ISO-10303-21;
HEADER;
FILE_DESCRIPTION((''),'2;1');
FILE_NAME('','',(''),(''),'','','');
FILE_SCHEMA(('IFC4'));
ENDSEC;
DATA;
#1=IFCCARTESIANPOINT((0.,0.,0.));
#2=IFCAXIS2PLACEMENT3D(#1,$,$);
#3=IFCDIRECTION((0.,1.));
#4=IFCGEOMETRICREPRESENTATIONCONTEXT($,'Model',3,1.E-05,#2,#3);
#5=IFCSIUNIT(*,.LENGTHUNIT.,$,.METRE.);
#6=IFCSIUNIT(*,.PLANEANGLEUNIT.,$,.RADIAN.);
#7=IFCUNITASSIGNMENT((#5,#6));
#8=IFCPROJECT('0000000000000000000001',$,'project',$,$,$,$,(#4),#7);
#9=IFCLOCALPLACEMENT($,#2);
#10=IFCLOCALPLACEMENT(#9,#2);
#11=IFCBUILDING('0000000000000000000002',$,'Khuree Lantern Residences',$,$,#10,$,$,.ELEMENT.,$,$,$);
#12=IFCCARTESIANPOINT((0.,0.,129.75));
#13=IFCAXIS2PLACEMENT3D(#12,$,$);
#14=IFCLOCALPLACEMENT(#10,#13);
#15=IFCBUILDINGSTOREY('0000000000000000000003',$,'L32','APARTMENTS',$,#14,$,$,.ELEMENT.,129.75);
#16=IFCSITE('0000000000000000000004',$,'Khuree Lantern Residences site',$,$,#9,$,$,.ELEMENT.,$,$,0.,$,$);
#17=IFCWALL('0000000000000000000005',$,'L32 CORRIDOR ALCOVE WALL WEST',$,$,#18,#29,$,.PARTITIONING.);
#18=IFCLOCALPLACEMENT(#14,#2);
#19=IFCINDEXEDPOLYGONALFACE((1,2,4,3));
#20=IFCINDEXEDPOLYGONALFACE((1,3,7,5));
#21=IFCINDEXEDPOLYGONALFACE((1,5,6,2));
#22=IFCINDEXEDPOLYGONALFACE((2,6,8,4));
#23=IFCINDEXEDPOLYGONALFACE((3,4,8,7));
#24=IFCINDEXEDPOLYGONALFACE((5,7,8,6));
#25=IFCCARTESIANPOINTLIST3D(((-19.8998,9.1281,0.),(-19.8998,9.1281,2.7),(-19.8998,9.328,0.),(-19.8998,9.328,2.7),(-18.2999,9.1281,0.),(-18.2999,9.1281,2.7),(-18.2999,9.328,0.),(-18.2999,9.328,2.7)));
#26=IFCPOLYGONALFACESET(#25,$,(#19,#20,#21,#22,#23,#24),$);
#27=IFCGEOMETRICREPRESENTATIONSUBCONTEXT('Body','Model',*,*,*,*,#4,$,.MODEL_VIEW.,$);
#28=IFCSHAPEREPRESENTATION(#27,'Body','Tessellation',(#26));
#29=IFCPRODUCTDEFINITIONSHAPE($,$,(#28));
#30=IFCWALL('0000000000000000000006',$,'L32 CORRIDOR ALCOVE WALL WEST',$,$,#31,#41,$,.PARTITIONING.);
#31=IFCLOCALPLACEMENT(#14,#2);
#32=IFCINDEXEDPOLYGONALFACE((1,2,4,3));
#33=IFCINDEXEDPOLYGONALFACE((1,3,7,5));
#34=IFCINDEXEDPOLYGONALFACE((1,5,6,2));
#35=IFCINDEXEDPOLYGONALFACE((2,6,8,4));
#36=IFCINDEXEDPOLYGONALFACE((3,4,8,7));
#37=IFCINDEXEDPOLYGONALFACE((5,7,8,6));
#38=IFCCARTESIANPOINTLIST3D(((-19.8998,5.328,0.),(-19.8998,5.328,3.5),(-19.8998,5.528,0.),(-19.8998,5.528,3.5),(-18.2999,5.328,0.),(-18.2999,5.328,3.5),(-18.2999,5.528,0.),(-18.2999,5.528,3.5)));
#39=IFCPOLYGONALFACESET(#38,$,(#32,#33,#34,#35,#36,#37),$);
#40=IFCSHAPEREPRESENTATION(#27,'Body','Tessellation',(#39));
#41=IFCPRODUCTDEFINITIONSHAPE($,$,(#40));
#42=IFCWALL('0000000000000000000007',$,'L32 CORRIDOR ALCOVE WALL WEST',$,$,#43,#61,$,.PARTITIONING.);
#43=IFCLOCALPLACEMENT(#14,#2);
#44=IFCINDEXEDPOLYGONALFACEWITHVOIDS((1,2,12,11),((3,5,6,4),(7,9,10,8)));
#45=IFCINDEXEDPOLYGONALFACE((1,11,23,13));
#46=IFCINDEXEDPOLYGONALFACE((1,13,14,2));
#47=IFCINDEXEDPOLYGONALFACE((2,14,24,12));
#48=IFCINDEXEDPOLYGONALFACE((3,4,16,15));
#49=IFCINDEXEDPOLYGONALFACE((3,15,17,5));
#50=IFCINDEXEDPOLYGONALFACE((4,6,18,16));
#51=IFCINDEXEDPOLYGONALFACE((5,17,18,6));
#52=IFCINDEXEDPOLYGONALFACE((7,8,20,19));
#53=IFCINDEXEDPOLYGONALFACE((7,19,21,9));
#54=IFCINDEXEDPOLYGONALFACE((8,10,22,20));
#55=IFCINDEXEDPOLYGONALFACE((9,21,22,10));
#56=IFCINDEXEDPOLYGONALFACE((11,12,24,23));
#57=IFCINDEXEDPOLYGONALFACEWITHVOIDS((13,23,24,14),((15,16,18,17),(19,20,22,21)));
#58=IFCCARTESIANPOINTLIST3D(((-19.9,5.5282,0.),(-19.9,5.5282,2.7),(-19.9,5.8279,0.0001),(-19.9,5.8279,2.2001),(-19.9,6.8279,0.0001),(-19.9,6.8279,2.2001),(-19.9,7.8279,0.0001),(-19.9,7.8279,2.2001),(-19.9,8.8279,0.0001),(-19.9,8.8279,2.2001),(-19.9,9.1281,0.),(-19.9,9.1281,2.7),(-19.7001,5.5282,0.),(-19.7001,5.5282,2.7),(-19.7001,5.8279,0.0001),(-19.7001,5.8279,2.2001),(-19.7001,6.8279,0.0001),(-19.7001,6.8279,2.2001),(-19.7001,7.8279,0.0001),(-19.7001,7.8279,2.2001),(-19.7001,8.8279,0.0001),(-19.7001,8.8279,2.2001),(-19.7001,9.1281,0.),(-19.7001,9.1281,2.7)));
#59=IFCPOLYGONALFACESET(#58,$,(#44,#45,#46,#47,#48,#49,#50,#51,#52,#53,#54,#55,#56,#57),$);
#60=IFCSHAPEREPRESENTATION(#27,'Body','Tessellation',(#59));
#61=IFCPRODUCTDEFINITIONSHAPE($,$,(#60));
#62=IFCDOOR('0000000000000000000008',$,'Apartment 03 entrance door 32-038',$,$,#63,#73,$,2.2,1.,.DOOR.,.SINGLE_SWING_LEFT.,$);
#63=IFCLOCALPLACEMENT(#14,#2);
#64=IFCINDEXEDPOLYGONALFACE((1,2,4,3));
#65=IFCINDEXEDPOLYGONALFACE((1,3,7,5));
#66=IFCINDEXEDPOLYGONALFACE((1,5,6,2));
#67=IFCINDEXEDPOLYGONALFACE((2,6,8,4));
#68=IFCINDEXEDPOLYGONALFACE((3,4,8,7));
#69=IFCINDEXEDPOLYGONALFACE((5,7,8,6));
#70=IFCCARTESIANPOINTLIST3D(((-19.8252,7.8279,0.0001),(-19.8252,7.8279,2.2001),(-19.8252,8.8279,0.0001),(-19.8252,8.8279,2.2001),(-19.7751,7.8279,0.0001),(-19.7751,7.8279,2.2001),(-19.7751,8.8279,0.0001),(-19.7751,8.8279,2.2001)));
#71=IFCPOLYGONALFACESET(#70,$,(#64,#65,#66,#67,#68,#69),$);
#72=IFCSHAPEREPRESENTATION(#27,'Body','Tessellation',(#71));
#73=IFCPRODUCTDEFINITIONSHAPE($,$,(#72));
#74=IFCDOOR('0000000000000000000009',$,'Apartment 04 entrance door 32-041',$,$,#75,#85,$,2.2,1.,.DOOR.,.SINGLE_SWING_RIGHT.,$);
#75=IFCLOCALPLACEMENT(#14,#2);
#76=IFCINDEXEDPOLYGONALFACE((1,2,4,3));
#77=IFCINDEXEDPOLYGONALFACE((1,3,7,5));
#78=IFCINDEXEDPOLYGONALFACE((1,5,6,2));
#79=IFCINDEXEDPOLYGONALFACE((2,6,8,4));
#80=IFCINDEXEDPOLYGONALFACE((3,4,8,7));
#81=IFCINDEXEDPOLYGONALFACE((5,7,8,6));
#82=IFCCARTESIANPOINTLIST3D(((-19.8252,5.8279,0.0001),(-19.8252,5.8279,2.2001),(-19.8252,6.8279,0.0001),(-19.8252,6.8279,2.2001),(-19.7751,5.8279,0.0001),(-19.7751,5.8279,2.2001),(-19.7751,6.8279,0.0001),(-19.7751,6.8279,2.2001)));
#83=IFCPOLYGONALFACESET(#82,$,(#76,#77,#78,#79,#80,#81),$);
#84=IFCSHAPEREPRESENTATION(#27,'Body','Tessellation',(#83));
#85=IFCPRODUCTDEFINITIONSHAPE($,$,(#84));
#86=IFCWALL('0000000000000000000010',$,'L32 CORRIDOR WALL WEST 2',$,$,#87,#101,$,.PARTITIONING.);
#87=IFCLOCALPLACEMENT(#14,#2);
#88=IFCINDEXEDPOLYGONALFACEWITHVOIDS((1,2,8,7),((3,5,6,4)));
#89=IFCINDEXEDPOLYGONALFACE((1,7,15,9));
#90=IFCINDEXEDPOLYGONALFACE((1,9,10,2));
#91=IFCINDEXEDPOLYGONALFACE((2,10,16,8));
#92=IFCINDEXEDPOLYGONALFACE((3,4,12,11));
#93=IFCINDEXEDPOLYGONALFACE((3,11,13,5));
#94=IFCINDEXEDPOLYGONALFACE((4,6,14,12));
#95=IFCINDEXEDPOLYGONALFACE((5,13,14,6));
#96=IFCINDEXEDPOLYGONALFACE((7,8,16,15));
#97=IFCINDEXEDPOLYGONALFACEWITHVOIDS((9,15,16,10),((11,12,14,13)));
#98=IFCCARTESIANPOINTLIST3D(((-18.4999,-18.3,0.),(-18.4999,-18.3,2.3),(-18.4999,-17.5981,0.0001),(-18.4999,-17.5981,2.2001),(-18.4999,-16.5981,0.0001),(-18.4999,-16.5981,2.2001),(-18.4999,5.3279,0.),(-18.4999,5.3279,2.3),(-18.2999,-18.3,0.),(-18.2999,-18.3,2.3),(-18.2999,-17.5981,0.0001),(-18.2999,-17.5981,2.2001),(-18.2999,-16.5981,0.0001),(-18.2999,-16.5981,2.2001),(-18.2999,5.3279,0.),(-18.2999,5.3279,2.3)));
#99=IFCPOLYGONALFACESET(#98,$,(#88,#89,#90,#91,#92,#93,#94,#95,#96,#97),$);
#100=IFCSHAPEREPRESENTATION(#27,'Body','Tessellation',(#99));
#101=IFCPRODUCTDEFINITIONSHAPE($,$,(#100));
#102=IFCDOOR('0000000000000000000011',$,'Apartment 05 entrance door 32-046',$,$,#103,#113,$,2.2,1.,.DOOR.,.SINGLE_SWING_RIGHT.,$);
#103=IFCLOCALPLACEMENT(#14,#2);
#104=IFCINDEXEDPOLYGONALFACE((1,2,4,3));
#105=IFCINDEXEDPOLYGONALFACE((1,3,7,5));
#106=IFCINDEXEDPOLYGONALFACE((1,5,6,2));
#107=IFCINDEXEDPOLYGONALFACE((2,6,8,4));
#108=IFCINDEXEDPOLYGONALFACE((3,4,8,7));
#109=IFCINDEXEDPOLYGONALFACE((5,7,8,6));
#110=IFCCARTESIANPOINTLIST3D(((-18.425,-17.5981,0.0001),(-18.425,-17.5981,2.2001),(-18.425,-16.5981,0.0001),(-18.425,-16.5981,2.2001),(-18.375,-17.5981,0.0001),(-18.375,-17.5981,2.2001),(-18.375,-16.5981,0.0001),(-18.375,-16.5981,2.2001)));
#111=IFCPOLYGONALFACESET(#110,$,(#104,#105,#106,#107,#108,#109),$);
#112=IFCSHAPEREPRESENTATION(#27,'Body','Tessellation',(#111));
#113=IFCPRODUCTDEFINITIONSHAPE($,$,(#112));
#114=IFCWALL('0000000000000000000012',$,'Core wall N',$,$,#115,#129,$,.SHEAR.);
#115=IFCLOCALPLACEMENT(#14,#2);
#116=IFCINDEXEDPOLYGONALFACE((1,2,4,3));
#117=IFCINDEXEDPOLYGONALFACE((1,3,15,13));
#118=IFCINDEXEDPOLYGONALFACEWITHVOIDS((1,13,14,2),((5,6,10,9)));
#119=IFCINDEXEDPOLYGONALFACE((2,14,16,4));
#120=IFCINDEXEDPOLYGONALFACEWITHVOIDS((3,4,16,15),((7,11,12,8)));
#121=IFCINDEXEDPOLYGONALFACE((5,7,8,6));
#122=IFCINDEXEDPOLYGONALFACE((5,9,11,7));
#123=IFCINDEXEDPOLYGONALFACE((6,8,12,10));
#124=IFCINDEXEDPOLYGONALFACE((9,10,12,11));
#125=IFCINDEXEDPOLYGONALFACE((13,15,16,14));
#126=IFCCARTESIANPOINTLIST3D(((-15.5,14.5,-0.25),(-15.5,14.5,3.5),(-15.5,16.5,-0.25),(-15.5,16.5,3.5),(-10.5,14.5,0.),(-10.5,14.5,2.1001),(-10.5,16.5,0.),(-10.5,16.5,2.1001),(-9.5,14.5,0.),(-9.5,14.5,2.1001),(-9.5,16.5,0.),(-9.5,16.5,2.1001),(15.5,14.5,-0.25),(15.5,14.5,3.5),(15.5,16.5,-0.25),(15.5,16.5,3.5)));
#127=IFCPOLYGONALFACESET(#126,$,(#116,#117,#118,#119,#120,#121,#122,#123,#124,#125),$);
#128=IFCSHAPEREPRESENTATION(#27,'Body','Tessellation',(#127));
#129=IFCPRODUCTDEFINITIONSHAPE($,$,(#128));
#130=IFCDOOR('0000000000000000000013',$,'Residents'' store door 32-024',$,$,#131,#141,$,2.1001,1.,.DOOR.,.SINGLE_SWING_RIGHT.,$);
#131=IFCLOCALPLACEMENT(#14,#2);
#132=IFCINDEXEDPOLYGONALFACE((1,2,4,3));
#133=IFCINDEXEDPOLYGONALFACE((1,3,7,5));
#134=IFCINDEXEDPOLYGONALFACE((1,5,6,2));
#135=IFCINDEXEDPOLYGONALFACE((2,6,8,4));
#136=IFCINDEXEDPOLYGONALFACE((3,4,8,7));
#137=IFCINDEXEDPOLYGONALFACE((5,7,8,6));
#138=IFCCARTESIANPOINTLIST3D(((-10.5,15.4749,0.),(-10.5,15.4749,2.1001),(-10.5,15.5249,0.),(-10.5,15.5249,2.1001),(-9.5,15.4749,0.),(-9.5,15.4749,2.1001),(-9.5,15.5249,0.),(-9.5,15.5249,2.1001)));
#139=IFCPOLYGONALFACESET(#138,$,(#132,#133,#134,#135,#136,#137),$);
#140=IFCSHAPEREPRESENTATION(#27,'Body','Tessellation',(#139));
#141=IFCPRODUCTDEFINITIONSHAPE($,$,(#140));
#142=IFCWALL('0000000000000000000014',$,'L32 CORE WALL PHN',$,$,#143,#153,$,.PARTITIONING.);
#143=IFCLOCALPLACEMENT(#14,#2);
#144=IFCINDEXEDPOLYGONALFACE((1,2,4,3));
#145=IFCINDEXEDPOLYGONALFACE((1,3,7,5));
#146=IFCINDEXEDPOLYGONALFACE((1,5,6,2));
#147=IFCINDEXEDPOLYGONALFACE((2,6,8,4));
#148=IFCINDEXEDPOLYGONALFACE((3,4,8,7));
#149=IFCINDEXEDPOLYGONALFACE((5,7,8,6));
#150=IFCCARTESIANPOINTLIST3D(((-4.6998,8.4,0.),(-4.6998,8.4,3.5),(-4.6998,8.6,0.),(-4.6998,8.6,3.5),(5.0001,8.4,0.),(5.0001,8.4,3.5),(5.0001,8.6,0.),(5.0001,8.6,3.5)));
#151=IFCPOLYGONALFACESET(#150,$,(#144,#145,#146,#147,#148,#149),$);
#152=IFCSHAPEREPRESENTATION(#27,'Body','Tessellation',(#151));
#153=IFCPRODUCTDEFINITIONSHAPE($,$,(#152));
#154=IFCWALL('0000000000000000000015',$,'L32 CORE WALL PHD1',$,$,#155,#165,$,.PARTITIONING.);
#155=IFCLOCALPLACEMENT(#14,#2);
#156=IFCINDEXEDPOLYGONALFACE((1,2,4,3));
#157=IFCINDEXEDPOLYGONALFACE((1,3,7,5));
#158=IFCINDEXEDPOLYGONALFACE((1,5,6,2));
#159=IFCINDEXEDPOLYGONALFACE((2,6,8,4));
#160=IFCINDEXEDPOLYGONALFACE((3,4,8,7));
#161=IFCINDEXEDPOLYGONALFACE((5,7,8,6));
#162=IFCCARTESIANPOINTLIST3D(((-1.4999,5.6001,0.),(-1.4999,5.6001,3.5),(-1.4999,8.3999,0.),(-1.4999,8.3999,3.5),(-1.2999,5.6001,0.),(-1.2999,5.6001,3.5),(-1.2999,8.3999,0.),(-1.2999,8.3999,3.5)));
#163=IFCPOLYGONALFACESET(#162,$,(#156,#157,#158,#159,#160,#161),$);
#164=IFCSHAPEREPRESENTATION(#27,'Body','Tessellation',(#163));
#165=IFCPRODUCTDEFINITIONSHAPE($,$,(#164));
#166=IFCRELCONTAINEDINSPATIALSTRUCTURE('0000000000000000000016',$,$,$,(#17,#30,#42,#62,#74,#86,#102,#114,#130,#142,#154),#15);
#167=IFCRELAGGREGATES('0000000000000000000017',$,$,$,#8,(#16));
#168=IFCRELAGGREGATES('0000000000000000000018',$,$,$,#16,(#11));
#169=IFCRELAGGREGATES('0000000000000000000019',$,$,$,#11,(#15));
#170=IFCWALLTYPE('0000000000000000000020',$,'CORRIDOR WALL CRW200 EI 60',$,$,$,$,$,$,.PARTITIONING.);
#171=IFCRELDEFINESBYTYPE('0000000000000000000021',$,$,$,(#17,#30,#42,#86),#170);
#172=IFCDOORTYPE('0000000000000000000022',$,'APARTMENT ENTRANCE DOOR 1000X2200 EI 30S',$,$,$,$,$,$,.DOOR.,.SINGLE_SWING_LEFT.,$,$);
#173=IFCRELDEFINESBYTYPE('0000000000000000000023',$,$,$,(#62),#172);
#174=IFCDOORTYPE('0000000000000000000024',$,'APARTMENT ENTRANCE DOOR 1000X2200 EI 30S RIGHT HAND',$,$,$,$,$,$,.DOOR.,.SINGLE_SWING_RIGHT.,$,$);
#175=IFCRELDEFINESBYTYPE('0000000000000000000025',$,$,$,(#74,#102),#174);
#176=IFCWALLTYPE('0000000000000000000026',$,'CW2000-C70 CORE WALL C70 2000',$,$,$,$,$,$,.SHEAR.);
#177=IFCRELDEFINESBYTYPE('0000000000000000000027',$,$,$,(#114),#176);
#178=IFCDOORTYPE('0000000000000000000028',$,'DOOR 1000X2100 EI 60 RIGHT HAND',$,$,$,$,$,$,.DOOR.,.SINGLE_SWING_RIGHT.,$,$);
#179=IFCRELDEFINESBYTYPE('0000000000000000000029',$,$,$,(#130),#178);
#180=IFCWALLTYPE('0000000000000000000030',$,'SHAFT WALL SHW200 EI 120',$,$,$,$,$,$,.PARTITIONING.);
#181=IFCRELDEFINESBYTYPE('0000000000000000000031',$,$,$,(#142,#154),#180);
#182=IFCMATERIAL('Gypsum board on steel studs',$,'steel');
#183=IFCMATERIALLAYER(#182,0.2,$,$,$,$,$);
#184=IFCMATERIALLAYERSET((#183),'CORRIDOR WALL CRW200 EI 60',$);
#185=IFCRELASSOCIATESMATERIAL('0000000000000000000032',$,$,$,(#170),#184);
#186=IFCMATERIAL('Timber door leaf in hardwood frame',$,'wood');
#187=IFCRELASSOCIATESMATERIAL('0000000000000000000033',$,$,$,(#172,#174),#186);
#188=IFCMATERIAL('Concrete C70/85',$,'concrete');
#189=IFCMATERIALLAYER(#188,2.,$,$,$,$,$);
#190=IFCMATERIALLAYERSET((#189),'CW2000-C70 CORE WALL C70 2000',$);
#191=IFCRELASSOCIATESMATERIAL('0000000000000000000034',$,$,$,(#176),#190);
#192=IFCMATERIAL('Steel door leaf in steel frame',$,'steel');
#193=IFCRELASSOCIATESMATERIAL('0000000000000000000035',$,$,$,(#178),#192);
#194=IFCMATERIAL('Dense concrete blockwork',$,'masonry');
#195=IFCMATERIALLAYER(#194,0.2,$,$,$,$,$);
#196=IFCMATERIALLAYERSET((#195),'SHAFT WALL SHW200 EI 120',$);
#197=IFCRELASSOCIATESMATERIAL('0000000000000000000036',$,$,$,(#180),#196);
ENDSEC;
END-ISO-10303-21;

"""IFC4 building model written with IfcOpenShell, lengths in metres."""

from ifc_helpers import new_model, si_unit, direction, frame, frame_2d, origin, place, context, subcontext, project, spatial, rectangle, extrude, material, layer, layer_set, type_object, element, fill, save


model = new_model("IFC4")

# Units and contexts
model_context = context("Model", 3, precision=1e-05, world=origin(), true_north=direction((0.0, 1.0)))
body_context = subcontext(model_context, "Body", "Model", "MODEL_VIEW")
ifc_project = project(units=[si_unit("LENGTHUNIT", "METRE"), si_unit("PLANEANGLEUNIT", "RADIAN")], contexts=[model_context])

# Site, building, storey
site_placement = place(None, origin())
site = spatial("IfcSite", under=ifc_project, at=site_placement, Name="Khuree Lantern Residences site", CompositionType="ELEMENT", RefElevation=0.0)
building_placement = place(site_placement, origin())
building = spatial("IfcBuilding", under=site, at=building_placement, Name="Khuree Lantern Residences", CompositionType="ELEMENT")
storey_placement = place(building_placement, frame((0.0, 0.0, 129.75)))
storey = spatial("IfcBuildingStorey", under=building, at=storey_placement, Name="L32", Description="APARTMENTS", CompositionType="ELEMENT", Elevation=129.75)

# Shared definitions
ifc_material_1 = material(Name="Concrete C70/85", Category="concrete")

# Shared definitions
ifc_material_2 = material(Name="Dense concrete blockwork", Category="masonry")

# Shared definitions
ifc_material_3 = material(Name="Steel door leaf in steel frame", Category="steel")
ifc_material_4 = material(Name="Timber door leaf in hardwood frame", Category="wood")

# Walls
ifc_material_5 = material(Name="Gypsum board on steel studs", Category="steel")
ifc_layer_1 = layer(ifc_material_5, 0.2)
ifc_layer_set_1 = layer_set([ifc_layer_1], Name="CORRIDOR WALL CRW200 EI 60")
wall_type_1 = type_object("IfcWallType", Name="CORRIDOR WALL CRW200 EI 60", PredefinedType="PARTITIONING", material=ifc_layer_set_1)
wall_1_placement = place(storey_placement, frame((-18.3, 9.228, 0.0), z_axis=(0.0, 0.0, 1.0), x_axis=(-1.0, 0.0, 0.0)))
element("IfcWall", 1, at=wall_1_placement, inside=storey, type_object=wall_type_1, Name="L32 CORRIDOR ALCOVE WALL WEST", PredefinedType="PARTITIONING", context=body_context, shape_type="SweptSolid", body=[
    extrude(rectangle(XDim=1.5999, YDim=0.2, at=frame_2d((0.7998, 0.0))), origin(), (0.0, 0.0, 1.0), 2.7),
])
wall_2_placement = place(storey_placement, frame((-18.3, 5.428, 0.0), z_axis=(0.0, 0.0, 1.0), x_axis=(-1.0, 0.0, 0.0)))
element("IfcWall", 2, at=wall_2_placement, inside=storey, type_object=wall_type_1, Name="L32 CORRIDOR ALCOVE WALL WEST", PredefinedType="PARTITIONING", context=body_context, shape_type="SweptSolid", body=[
    extrude(rectangle(XDim=1.5999, YDim=0.2, at=frame_2d((0.7998, 0.0))), origin(), (0.0, 0.0, 1.0), 3.5),
])

# Wall, openings, doors
wall_3_placement = place(storey_placement, frame((-19.8, 9.1279, 0.0), z_axis=(0.0, 0.0, 1.0), x_axis=(0.0, -1.0, 0.0)))
wall_3 = element("IfcWall", 3, at=wall_3_placement, inside=storey, type_object=wall_type_1, Name="L32 CORRIDOR ALCOVE WALL WEST", PredefinedType="PARTITIONING", context=body_context, shape_type="SweptSolid", body=[
    extrude(rectangle(XDim=3.5999, YDim=0.2, at=frame_2d((1.7998, 0.0))), origin(), (0.0, 0.0, 1.0), 2.7),
])
opening_1_placement = place(wall_3_placement, frame((0.3, 0.0, 0.0)))
opening_1 = element("IfcOpeningElement", 4, at=opening_1_placement, cuts=wall_3, PredefinedType="OPENING", context=body_context, shape_type="SweptSolid", body=[
    extrude(rectangle(XDim=1.0, YDim=2.2, at=frame_2d((0.5, 1.1001))), frame((0.0, 0.1099, 0.0), z_axis=(0.0, -1.0, 0.0), x_axis=(1.0, 0.0, 0.0)), (0.0, 0.0, 1.0), 0.22),
])
opening_2_placement = place(wall_3_placement, frame((2.3, 0.0, 0.0)))
opening_2 = element("IfcOpeningElement", 5, at=opening_2_placement, cuts=wall_3, PredefinedType="OPENING", context=body_context, shape_type="SweptSolid", body=[
    extrude(rectangle(XDim=1.0, YDim=2.2, at=frame_2d((0.5, 1.1001))), frame((0.0, 0.1099, 0.0), z_axis=(0.0, -1.0, 0.0), x_axis=(1.0, 0.0, 0.0)), (0.0, 0.0, 1.0), 0.22),
])
door_type_1 = type_object("IfcDoorType", Name="APARTMENT ENTRANCE DOOR 1000X2200 EI 30S", OperationType="SINGLE_SWING_LEFT", PredefinedType="DOOR", material=ifc_material_4)
door_1_placement = place(opening_1_placement, origin())
door_1 = element("IfcDoor", 6, at=door_1_placement, inside=storey, type_object=door_type_1, Name="Apartment 03 entrance door 32-038", OperationType="SINGLE_SWING_LEFT", OverallHeight=2.2, OverallWidth=1.0, PredefinedType="DOOR", context=body_context, shape_type="SweptSolid", body=[
    extrude(rectangle(XDim=1.0, YDim=2.2, at=frame_2d((0.5, 1.1001))), frame((0.0, 0.0249, 0.0), z_axis=(0.0, -1.0, 0.0), x_axis=(1.0, 0.0, 0.0)), (0.0, 0.0, 1.0), 0.05),
])
fill(opening_1, door_1)
door_type_2 = type_object("IfcDoorType", Name="APARTMENT ENTRANCE DOOR 1000X2200 EI 30S RIGHT HAND", OperationType="SINGLE_SWING_RIGHT", PredefinedType="DOOR", material=ifc_material_4)
door_2_placement = place(opening_2_placement, origin())
door_2 = element("IfcDoor", 7, at=door_2_placement, inside=storey, type_object=door_type_2, Name="Apartment 04 entrance door 32-041", OperationType="SINGLE_SWING_RIGHT", OverallHeight=2.2, OverallWidth=1.0, PredefinedType="DOOR", context=body_context, shape_type="SweptSolid", body=[
    extrude(rectangle(XDim=1.0, YDim=2.2, at=frame_2d((0.5, 1.1001))), frame((0.0, 0.0249, 0.0), z_axis=(0.0, -1.0, 0.0), x_axis=(1.0, 0.0, 0.0)), (0.0, 0.0, 1.0), 0.05),
])
fill(opening_2, door_2)

# Walls, openings, doors
wall_4_placement = place(storey_placement, frame((-18.3999, 5.3279, 0.0), z_axis=(0.0, 0.0, 1.0), x_axis=(0.0, -1.0, 0.0)))
wall_4 = element("IfcWall", 8, at=wall_4_placement, inside=storey, type_object=wall_type_1, Name="L32 CORRIDOR WALL WEST 2", PredefinedType="PARTITIONING", context=body_context, shape_type="SweptSolid", body=[
    extrude(rectangle(XDim=23.6279, YDim=0.2, at=frame_2d((11.814, 0.0))), origin(), (0.0, 0.0, 1.0), 2.3),
])
opening_3_placement = place(wall_4_placement, frame((21.926, 0.0, 0.0)))
opening_3 = element("IfcOpeningElement", 9, at=opening_3_placement, cuts=wall_4, PredefinedType="OPENING", context=body_context, shape_type="SweptSolid", body=[
    extrude(rectangle(XDim=1.0, YDim=2.2, at=frame_2d((0.5, 1.1001))), frame((0.0, 0.1099, 0.0), z_axis=(0.0, -1.0, 0.0), x_axis=(1.0, 0.0, 0.0)), (0.0, 0.0, 1.0), 0.22),
])
door_3_placement = place(opening_3_placement, origin())
door_3 = element("IfcDoor", 10, at=door_3_placement, inside=storey, type_object=door_type_2, Name="Apartment 05 entrance door 32-046", OperationType="SINGLE_SWING_RIGHT", OverallHeight=2.2, OverallWidth=1.0, PredefinedType="DOOR", context=body_context, shape_type="SweptSolid", body=[
    extrude(rectangle(XDim=1.0, YDim=2.2, at=frame_2d((0.5, 1.1001))), frame((0.0, 0.0249, 0.0), z_axis=(0.0, -1.0, 0.0), x_axis=(1.0, 0.0, 0.0)), (0.0, 0.0, 1.0), 0.05),
])
fill(opening_3, door_3)
ifc_layer_2 = layer(ifc_material_1, 2.0)
ifc_layer_set_2 = layer_set([ifc_layer_2], Name="CW2000-C70 CORE WALL C70 2000")
wall_type_2 = type_object("IfcWallType", Name="CW2000-C70 CORE WALL C70 2000", PredefinedType="SHEAR", material=ifc_layer_set_2)
wall_5_placement = place(storey_placement, frame((-15.5, 15.5, -0.25), z_axis=(0.0, 0.0, 1.0), x_axis=(1.0, 0.0, 0.0)))
wall_5 = element("IfcWall", 11, at=wall_5_placement, inside=storey, type_object=wall_type_2, Name="Core wall N", PredefinedType="SHEAR", context=body_context, shape_type="SweptSolid", body=[
    extrude(rectangle(XDim=31.0, YDim=2.0, at=frame_2d((15.5, 0.0))), origin(), (0.0, 0.0, 1.0), 3.75),
])
opening_4_placement = place(wall_5_placement, frame((5.0, 0.0, 0.25)))
opening_4 = element("IfcOpeningElement", 12, at=opening_4_placement, cuts=wall_5, PredefinedType="OPENING", context=body_context, shape_type="SweptSolid", body=[
    extrude(rectangle(XDim=1.0, YDim=2.1001, at=frame_2d((0.5, 1.05))), frame((0.0, 1.01, 0.0), z_axis=(0.0, -1.0, 0.0), x_axis=(1.0, 0.0, 0.0)), (0.0, 0.0, 1.0), 2.02),
])
door_type_3 = type_object("IfcDoorType", Name="DOOR 1000X2100 EI 60 RIGHT HAND", OperationType="SINGLE_SWING_RIGHT", PredefinedType="DOOR", material=ifc_material_3)
door_4_placement = place(opening_4_placement, origin())
door_4 = element("IfcDoor", 13, at=door_4_placement, inside=storey, type_object=door_type_3, Name="Residents' store door 32-024", OperationType="SINGLE_SWING_RIGHT", OverallHeight=2.1001, OverallWidth=1.0, PredefinedType="DOOR", context=body_context, shape_type="SweptSolid", body=[
    extrude(rectangle(XDim=1.0, YDim=2.1001, at=frame_2d((0.5, 1.05))), frame((0.0, 0.0249, 0.0), z_axis=(0.0, -1.0, 0.0), x_axis=(1.0, 0.0, 0.0)), (0.0, 0.0, 1.0), 0.05),
])
fill(opening_4, door_4)

# Walls
ifc_layer_3 = layer(ifc_material_2, 0.2)
ifc_layer_set_3 = layer_set([ifc_layer_3], Name="SHAFT WALL SHW200 EI 120")
wall_type_3 = type_object("IfcWallType", Name="SHAFT WALL SHW200 EI 120", PredefinedType="PARTITIONING", material=ifc_layer_set_3)
wall_6_placement = place(storey_placement, frame((-4.7, 8.5, 0.0), z_axis=(0.0, 0.0, 1.0), x_axis=(1.0, 0.0, 0.0)))
element("IfcWall", 14, at=wall_6_placement, inside=storey, type_object=wall_type_3, Name="L32 CORE WALL PHN", PredefinedType="PARTITIONING", context=body_context, shape_type="SweptSolid", body=[
    extrude(rectangle(XDim=9.7, YDim=0.2, at=frame_2d((4.8501, 0.0))), origin(), (0.0, 0.0, 1.0), 3.5),
])
wall_7_placement = place(storey_placement, frame((-1.3999, 5.6001, 0.0), z_axis=(0.0, 0.0, 1.0), x_axis=(0.0, 1.0, 0.0)))
element("IfcWall", 15, at=wall_7_placement, inside=storey, type_object=wall_type_3, Name="L32 CORE WALL PHD1", PredefinedType="PARTITIONING", context=body_context, shape_type="SweptSolid", body=[
    extrude(rectangle(XDim=2.7998, YDim=0.2, at=frame_2d((1.3999, 0.0))), origin(), (0.0, 0.0, 1.0), 3.5),
])

save(model, "model.ifc")
